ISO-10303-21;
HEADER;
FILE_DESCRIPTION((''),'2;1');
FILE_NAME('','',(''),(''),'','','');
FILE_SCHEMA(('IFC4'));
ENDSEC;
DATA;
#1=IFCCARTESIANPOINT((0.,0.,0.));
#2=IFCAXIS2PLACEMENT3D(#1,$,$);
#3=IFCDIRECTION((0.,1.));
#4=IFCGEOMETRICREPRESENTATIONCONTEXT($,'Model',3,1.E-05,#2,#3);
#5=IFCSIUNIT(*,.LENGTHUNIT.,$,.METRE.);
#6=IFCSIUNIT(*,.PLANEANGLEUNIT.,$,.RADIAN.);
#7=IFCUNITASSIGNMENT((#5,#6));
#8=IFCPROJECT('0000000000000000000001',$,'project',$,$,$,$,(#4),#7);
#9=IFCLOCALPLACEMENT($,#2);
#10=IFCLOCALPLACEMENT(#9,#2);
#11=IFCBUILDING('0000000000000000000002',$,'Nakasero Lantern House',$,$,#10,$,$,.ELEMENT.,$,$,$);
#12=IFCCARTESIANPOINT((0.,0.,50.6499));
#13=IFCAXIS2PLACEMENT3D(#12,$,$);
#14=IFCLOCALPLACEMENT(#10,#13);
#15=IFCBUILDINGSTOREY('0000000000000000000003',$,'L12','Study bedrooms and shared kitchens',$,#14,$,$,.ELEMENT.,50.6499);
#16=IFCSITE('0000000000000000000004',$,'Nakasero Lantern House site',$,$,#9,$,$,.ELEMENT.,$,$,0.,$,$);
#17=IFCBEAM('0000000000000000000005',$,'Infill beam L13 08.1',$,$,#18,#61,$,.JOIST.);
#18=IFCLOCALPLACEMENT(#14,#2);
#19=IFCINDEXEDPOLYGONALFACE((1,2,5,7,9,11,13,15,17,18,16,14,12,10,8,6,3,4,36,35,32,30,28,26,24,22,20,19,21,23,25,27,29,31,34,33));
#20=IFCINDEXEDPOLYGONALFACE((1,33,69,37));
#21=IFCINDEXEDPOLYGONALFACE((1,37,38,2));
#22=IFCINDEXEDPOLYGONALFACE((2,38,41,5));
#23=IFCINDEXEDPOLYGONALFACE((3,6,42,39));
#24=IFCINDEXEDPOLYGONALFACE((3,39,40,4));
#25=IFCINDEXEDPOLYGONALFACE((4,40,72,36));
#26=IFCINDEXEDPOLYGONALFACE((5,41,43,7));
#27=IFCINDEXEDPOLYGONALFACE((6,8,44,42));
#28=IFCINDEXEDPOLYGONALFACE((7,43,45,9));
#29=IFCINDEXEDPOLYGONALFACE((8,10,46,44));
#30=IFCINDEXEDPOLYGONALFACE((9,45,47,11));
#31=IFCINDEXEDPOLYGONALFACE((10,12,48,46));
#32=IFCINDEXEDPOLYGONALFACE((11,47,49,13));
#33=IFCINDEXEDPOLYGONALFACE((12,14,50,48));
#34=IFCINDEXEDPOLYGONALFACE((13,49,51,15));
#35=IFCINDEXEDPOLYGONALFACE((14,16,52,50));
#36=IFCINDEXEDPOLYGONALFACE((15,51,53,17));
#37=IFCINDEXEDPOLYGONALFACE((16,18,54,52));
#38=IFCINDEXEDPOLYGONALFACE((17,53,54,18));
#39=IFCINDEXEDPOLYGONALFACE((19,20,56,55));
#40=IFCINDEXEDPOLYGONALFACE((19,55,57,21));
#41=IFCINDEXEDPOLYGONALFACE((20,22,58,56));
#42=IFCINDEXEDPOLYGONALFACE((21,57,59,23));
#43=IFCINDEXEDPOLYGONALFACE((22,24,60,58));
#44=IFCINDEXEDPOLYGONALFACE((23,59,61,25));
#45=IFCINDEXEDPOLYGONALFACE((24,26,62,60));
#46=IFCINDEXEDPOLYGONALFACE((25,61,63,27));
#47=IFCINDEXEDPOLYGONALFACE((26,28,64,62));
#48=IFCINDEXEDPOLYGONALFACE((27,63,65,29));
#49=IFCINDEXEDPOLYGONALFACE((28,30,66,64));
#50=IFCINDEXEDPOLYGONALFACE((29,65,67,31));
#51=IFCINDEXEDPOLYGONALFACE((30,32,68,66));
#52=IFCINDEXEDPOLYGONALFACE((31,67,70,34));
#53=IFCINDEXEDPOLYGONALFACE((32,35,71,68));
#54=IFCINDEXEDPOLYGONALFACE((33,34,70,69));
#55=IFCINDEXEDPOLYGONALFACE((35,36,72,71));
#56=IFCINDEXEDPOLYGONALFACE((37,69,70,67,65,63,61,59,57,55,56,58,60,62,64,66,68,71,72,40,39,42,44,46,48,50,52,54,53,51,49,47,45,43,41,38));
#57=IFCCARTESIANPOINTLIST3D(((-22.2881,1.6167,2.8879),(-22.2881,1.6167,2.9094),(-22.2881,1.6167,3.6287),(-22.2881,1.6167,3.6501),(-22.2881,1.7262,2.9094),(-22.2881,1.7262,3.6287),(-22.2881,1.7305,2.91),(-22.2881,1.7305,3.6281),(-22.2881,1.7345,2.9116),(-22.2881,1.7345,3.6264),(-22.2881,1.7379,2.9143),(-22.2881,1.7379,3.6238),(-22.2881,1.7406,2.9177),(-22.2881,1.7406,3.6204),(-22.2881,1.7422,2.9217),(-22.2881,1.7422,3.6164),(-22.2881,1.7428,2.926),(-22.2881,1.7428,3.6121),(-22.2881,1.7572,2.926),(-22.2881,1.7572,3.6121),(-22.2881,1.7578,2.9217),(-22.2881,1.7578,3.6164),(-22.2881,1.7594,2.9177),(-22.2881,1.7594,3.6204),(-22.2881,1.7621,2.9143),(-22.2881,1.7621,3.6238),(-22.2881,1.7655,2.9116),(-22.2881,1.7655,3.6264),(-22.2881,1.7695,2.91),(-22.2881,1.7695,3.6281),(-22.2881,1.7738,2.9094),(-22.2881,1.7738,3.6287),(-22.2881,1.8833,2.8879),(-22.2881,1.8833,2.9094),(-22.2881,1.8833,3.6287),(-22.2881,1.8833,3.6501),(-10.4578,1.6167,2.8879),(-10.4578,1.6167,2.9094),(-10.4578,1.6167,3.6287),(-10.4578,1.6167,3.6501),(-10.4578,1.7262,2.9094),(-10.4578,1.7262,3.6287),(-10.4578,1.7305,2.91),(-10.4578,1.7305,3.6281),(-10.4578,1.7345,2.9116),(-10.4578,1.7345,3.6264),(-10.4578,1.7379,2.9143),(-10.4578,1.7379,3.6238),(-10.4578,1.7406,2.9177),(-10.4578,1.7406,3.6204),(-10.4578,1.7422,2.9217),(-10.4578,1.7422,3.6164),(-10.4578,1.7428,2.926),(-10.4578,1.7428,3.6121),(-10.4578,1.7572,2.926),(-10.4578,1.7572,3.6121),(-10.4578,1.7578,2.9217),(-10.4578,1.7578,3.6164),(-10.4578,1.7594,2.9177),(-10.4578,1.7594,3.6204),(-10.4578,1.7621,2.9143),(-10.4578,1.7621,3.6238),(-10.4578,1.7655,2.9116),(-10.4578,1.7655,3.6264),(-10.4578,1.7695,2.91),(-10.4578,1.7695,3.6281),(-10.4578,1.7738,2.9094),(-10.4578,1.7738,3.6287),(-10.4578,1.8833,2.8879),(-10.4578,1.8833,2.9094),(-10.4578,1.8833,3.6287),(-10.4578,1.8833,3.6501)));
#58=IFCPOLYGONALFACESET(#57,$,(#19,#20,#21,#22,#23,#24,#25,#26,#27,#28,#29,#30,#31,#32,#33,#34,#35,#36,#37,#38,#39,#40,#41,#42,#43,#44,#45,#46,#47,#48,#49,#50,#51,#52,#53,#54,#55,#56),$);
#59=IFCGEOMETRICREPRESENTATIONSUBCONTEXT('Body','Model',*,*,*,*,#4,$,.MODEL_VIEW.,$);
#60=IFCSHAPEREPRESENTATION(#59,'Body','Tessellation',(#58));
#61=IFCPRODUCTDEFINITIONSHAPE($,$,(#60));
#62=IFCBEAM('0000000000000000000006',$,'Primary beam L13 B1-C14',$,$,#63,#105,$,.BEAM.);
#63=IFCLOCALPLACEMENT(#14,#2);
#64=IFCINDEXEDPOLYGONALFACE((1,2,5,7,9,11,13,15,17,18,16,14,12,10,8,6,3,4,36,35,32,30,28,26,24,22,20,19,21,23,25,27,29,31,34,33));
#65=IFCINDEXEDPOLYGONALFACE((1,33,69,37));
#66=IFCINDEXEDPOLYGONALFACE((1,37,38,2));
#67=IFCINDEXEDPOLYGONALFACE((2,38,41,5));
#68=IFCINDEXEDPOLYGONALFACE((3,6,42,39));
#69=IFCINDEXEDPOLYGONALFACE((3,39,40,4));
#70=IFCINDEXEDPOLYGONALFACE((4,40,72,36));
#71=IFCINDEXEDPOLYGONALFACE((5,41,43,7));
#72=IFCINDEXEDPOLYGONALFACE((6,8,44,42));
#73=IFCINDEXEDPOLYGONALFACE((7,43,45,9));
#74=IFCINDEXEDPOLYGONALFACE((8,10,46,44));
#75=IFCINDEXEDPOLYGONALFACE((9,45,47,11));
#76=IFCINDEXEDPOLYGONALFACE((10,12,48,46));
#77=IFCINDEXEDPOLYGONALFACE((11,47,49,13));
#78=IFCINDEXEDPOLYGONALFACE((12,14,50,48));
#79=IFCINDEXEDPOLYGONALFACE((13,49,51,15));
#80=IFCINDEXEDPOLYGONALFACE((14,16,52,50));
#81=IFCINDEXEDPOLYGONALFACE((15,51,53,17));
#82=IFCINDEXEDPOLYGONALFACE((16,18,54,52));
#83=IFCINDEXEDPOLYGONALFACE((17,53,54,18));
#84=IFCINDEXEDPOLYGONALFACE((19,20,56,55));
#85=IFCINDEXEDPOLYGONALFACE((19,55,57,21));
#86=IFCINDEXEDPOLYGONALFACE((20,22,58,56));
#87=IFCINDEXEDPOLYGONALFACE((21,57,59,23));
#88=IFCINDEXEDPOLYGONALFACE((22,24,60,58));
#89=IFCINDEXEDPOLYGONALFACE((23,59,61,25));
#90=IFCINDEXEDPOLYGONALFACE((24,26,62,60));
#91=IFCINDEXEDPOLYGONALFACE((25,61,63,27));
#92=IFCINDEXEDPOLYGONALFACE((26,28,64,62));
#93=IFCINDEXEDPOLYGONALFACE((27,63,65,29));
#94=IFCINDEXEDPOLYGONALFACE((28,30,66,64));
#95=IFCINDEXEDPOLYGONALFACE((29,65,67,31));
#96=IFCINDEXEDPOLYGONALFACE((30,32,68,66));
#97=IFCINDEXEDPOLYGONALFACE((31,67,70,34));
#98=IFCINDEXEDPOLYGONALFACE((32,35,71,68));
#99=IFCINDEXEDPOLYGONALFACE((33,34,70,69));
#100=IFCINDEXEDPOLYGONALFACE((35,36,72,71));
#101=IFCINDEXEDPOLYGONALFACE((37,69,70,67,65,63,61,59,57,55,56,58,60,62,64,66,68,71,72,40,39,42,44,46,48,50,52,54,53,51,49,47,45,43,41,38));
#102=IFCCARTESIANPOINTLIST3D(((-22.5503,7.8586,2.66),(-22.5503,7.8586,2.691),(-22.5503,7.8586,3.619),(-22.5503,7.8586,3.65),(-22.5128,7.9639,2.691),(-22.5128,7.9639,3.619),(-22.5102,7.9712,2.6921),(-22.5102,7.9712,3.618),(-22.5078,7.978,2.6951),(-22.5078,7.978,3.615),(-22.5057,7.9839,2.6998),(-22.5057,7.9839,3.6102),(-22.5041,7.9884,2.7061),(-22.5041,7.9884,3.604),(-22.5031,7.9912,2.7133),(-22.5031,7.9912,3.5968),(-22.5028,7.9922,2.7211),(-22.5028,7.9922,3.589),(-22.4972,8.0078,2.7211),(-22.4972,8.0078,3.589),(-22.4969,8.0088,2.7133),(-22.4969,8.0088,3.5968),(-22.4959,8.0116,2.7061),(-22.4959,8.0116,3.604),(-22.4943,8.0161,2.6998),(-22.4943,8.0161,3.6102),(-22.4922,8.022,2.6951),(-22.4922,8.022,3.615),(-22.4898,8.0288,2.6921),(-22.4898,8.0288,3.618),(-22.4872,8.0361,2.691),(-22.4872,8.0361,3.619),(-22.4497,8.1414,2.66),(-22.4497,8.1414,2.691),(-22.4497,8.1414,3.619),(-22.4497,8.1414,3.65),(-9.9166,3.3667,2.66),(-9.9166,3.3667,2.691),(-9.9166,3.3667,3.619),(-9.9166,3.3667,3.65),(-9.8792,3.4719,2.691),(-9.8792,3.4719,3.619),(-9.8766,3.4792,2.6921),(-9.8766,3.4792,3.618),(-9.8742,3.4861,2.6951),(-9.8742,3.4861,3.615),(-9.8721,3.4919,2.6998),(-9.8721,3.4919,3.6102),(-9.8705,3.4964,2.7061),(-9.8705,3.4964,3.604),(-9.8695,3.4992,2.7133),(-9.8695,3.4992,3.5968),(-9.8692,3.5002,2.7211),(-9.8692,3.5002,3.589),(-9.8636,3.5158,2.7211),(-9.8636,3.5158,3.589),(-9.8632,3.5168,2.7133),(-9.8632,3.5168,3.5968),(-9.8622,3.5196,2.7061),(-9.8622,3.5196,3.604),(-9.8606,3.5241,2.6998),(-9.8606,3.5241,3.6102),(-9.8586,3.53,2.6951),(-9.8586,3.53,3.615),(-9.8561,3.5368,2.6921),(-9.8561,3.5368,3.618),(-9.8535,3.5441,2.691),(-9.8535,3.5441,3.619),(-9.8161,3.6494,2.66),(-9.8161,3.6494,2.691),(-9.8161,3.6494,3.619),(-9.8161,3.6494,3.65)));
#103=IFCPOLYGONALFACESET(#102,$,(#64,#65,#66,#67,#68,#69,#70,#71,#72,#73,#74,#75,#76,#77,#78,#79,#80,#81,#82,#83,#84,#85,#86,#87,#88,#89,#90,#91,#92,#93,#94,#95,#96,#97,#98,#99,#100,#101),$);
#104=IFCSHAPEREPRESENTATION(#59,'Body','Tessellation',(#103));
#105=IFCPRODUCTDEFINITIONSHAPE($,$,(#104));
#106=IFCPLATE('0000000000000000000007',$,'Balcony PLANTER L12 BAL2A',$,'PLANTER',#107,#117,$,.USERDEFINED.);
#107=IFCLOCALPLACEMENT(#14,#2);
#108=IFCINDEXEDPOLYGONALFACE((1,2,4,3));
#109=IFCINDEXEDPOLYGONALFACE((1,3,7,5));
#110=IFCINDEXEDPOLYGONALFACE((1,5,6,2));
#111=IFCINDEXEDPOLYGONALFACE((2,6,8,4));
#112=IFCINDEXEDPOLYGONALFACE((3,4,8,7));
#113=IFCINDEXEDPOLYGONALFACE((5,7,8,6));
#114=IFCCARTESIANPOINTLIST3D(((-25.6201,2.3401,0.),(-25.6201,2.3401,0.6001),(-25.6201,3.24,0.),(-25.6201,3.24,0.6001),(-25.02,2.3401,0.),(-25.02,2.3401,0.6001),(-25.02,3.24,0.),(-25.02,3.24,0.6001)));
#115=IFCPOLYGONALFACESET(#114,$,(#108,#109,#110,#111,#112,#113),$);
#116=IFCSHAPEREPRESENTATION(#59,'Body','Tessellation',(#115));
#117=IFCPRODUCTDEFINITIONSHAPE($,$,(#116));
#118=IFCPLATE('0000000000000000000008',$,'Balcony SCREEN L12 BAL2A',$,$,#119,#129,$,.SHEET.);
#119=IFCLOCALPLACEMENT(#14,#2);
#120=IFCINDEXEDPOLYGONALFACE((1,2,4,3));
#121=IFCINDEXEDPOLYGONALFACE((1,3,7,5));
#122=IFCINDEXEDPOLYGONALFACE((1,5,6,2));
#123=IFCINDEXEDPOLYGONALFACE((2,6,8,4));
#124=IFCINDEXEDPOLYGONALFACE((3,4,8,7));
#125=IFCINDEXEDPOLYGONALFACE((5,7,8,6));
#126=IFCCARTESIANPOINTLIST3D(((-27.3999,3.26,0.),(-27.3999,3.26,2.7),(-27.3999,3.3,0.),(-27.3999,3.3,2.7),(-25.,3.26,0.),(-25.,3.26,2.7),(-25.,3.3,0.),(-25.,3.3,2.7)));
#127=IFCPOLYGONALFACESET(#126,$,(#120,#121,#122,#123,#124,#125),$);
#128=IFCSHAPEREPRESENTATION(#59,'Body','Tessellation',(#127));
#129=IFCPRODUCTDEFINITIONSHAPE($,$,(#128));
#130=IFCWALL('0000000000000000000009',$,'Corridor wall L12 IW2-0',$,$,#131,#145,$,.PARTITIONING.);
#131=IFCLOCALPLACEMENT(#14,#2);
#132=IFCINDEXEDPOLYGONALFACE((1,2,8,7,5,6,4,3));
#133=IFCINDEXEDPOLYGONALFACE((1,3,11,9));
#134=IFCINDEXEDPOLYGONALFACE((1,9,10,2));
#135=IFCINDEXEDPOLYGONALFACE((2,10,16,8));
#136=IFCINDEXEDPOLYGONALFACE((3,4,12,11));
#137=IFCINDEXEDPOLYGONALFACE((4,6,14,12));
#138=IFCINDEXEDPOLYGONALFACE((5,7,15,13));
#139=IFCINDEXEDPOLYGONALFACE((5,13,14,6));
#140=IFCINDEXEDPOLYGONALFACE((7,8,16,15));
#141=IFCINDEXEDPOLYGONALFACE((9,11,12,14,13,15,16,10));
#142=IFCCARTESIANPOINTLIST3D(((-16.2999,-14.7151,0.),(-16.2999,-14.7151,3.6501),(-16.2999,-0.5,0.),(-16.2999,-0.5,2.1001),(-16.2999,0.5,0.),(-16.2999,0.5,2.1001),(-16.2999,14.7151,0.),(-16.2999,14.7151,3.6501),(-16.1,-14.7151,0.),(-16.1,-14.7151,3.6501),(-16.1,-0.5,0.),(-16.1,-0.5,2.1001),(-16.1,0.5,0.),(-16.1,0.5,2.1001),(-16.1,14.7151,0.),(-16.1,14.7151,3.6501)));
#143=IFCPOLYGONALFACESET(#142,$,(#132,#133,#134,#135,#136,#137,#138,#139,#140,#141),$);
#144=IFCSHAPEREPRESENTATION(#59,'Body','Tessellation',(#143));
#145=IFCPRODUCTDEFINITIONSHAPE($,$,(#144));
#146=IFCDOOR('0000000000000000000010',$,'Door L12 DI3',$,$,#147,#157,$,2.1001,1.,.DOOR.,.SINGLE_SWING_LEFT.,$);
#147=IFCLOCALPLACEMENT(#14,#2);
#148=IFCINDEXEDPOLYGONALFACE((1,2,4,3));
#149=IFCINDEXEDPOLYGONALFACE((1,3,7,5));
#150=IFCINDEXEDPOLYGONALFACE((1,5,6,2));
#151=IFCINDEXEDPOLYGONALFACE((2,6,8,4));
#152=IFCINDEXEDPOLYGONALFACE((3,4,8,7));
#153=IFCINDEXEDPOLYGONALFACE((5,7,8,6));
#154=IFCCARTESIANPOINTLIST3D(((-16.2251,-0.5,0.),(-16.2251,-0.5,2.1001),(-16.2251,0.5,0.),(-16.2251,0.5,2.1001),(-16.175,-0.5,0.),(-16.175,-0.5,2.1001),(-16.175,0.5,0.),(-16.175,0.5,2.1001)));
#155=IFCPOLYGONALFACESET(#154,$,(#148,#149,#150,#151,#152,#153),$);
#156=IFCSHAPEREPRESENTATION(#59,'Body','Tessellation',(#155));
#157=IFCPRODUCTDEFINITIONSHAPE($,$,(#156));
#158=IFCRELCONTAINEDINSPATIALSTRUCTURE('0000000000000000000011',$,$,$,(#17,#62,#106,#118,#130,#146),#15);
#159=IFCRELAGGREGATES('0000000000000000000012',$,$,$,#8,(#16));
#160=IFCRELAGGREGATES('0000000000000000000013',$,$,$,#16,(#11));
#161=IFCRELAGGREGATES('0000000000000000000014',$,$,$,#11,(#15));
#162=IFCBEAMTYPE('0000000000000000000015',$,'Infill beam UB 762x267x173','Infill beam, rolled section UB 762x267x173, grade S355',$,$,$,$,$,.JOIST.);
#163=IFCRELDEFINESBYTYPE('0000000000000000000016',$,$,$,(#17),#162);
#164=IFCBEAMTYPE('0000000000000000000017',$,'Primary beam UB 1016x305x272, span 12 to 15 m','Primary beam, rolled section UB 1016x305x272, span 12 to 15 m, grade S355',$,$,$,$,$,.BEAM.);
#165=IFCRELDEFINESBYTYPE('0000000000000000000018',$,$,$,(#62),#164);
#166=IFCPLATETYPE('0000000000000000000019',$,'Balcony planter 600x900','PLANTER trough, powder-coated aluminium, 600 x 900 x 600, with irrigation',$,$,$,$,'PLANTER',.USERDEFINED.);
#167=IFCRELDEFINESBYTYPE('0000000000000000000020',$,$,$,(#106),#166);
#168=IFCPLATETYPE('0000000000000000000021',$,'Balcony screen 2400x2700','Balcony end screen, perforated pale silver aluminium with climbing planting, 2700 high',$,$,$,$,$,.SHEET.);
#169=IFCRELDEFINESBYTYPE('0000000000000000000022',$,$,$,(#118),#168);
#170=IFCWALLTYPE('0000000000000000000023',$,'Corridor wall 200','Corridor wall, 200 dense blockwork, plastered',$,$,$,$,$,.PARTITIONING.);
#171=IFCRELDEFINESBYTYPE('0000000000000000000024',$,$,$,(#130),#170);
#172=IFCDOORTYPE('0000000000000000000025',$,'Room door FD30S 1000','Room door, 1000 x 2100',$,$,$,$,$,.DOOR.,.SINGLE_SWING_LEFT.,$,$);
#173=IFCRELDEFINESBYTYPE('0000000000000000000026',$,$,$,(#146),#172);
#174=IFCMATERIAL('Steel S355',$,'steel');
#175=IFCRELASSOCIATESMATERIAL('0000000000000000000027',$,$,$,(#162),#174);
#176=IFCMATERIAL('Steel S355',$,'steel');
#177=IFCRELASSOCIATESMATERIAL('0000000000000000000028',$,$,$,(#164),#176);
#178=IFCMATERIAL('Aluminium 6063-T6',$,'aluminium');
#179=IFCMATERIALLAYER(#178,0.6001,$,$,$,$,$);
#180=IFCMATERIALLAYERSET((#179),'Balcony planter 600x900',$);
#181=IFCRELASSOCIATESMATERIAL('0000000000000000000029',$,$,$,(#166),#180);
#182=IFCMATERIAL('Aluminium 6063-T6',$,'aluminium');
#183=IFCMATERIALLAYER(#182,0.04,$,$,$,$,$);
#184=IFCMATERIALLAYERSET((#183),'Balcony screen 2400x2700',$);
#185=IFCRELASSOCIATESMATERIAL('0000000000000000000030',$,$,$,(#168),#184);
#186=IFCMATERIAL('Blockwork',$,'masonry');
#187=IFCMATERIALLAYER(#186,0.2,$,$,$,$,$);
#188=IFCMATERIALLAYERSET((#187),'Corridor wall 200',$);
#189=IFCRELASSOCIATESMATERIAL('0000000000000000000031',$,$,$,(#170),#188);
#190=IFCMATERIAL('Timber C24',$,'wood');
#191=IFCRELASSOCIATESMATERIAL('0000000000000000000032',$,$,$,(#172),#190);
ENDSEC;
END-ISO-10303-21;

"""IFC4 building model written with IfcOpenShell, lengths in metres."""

from ifc_helpers import new_model, si_unit, direction, frame, frame_2d, origin, origin_2d, place, context, subcontext, project, spatial, rectangle, i_section, extrude, material, layer, layer_set, material_profile, profile_set, type_object, element, fill, save


model = new_model("IFC4")

# Units and contexts
model_context = context("Model", 3, precision=1e-05, world=origin(), true_north=direction((0.0, 1.0)))
body_context = subcontext(model_context, "Body", "Model", "MODEL_VIEW")
ifc_project = project(units=[si_unit("LENGTHUNIT", "METRE"), si_unit("PLANEANGLEUNIT", "RADIAN")], contexts=[model_context])

# Site, building, storey
site_placement = place(None, origin())
site = spatial("IfcSite", under=ifc_project, at=site_placement, Name="Nakasero Lantern House site", CompositionType="ELEMENT", RefElevation=0.0)
building_placement = place(site_placement, origin())
building = spatial("IfcBuilding", under=site, at=building_placement, Name="Nakasero Lantern House", CompositionType="ELEMENT")
storey_placement = place(building_placement, frame((0.0, 0.0, 50.6499)))
storey = spatial("IfcBuildingStorey", under=building, at=storey_placement, Name="L12", Description="Study bedrooms and shared kitchens", CompositionType="ELEMENT", Elevation=50.6499)

# Beams
ifc_material_1 = material(Name="Steel S355", Category="steel")
ifc_material_profile_1 = material_profile(ifc_material_1, i_section(OverallWidth=0.2666, OverallDepth=0.7622, WebThickness=0.0144, FlangeThickness=0.0215, FilletRadius=0.0166, at=origin_2d()), Name="UB 762x267x173")
ifc_profile_set_1 = profile_set([ifc_material_profile_1], Name="Steel S355")
beam_type_1 = type_object("IfcBeamType", Name="Infill beam UB 762x267x173", Description="Infill beam, rolled section UB 762x267x173, grade S355", PredefinedType="JOIST", material=ifc_profile_set_1)
beam_1_placement = place(storey_placement, frame((-22.2881, 1.75, 3.269), z_axis=(1.0, 0.0, 0.0), x_axis=(0.0, 1.0, 0.0)))
element("IfcBeam", 1, at=beam_1_placement, inside=storey, type_object=beam_type_1, Name="Infill beam L13 08.1", PredefinedType="JOIST", context=body_context, shape_type="SweptSolid", body=[
    extrude(i_section(OverallWidth=0.2666, OverallDepth=0.7622, WebThickness=0.0144, FlangeThickness=0.0215, FilletRadius=0.0166, at=origin_2d()), origin(), (0.0, 0.0, 1.0), 11.8303),
])
ifc_material_2 = material(Name="Steel S355", Category="steel")
ifc_material_profile_2 = material_profile(ifc_material_2, i_section(OverallWidth=0.3, OverallDepth=0.99, WebThickness=0.0166, FlangeThickness=0.031, FilletRadius=0.03, at=origin_2d()), Name="UB 1016x305x272")
ifc_profile_set_2 = profile_set([ifc_material_profile_2], Name="Steel S355")
beam_type_2 = type_object("IfcBeamType", Name="Primary beam UB 1016x305x272, span 12 to 15 m", Description="Primary beam, rolled section UB 1016x305x272, span 12 to 15 m, grade S355", PredefinedType="BEAM", material=ifc_profile_set_2)
beam_2_placement = place(storey_placement, frame((-22.5, 8.0, 3.155), z_axis=(0.942214, -0.335011, 0.0), x_axis=(0.335011, 0.942214, 0.0)))
element("IfcBeam", 2, at=beam_2_placement, inside=storey, type_object=beam_type_2, Name="Primary beam L13 B1-C14", PredefinedType="BEAM", context=body_context, shape_type="SweptSolid", body=[
    extrude(i_section(OverallWidth=0.3, OverallDepth=0.99, WebThickness=0.0166, FlangeThickness=0.031, FilletRadius=0.03, at=origin_2d()), origin(), (0.0, 0.0, 1.0), 13.4084),
])

# Plates
ifc_material_3 = material(Name="Aluminium 6063-T6", Category="aluminium")
ifc_layer_1 = layer(ifc_material_3, 0.6001)
ifc_layer_set_1 = layer_set([ifc_layer_1], Name="Balcony planter 600x900")
plate_type_1 = type_object("IfcPlateType", Name="Balcony planter 600x900", Description="PLANTER trough, powder-coated aluminium, 600 x 900 x 600, with irrigation", ElementType="PLANTER", PredefinedType="USERDEFINED", material=ifc_layer_set_1)
plate_1_placement = place(storey_placement, frame((-25.3201, 2.79, 0.0), z_axis=(0.0, 0.0, 1.0), x_axis=(-1.0, 0.0, 0.0)))
element("IfcPlate", 3, at=plate_1_placement, inside=storey, type_object=plate_type_1, Name="Balcony PLANTER L12 BAL2A", ObjectType="PLANTER", PredefinedType="USERDEFINED", context=body_context, shape_type="SweptSolid", body=[
    extrude(rectangle(XDim=0.6001, YDim=0.8999, at=origin_2d()), origin(), (0.0, 0.0, 1.0), 0.6001),
])
ifc_material_4 = material(Name="Aluminium 6063-T6", Category="aluminium")
ifc_layer_2 = layer(ifc_material_4, 0.04)
ifc_layer_set_2 = layer_set([ifc_layer_2], Name="Balcony screen 2400x2700")
plate_type_2 = type_object("IfcPlateType", Name="Balcony screen 2400x2700", Description="Balcony end screen, perforated pale silver aluminium with climbing planting, 2700 high", PredefinedType="SHEET", material=ifc_layer_set_2)
plate_2_placement = place(storey_placement, frame((-26.2, 3.28, 0.0), z_axis=(0.0, 0.0, 1.0), x_axis=(-1.0, 0.0, 0.0)))
element("IfcPlate", 4, at=plate_2_placement, inside=storey, type_object=plate_type_2, Name="Balcony SCREEN L12 BAL2A", PredefinedType="SHEET", context=body_context, shape_type="SweptSolid", body=[
    extrude(rectangle(XDim=2.3999, YDim=0.04, at=origin_2d()), origin(), (0.0, 0.0, 1.0), 2.7),
])

# Wall, opening, door
ifc_material_5 = material(Name="Blockwork", Category="masonry")
ifc_layer_3 = layer(ifc_material_5, 0.2)
ifc_layer_set_3 = layer_set([ifc_layer_3], Name="Corridor wall 200")
wall_type_1 = type_object("IfcWallType", Name="Corridor wall 200", Description="Corridor wall, 200 dense blockwork, plastered", PredefinedType="PARTITIONING", material=ifc_layer_set_3)
wall_1_placement = place(storey_placement, frame((-16.2, 14.7151, 0.0), z_axis=(0.0, 0.0, 1.0), x_axis=(0.0, -1.0, 0.0)))
wall_1 = element("IfcWall", 5, at=wall_1_placement, inside=storey, type_object=wall_type_1, Name="Corridor wall L12 IW2-0", PredefinedType="PARTITIONING", context=body_context, shape_type="SweptSolid", body=[
    extrude(rectangle(XDim=29.4302, YDim=0.2, at=frame_2d((14.7151, 0.0))), origin(), (0.0, 0.0, 1.0), 3.6501),
])
opening_1_placement = place(wall_1_placement, frame((14.2151, 0.0, 0.0)))
opening_1 = element("IfcOpeningElement", 6, at=opening_1_placement, cuts=wall_1, PredefinedType="OPENING", context=body_context, shape_type="SweptSolid", body=[
    extrude(rectangle(XDim=1.0, YDim=2.1001, at=frame_2d((0.5, 1.05))), frame((0.0, 0.1199, 0.0), z_axis=(0.0, -1.0, 0.0), x_axis=(1.0, 0.0, 0.0)), (0.0, 0.0, 1.0), 0.24),
])
ifc_material_6 = material(Name="Timber C24", Category="wood")
door_type_1 = type_object("IfcDoorType", Name="Room door FD30S 1000", Description="Room door, 1000 x 2100", OperationType="SINGLE_SWING_LEFT", PredefinedType="DOOR", material=ifc_material_6)
door_1_placement = place(opening_1_placement, origin())
door_1 = element("IfcDoor", 7, at=door_1_placement, inside=storey, type_object=door_type_1, Name="Door L12 DI3", OperationType="SINGLE_SWING_LEFT", OverallHeight=2.1001, OverallWidth=1.0, PredefinedType="DOOR", context=body_context, shape_type="SweptSolid", body=[
    extrude(rectangle(XDim=1.0, YDim=2.1001, at=frame_2d((0.5, 1.05))), frame((0.0, 0.0249, 0.0), z_axis=(0.0, -1.0, 0.0), x_axis=(1.0, 0.0, 0.0)), (0.0, 0.0, 1.0), 0.05),
])
fill(opening_1, door_1)

save(model, "model.ifc")
